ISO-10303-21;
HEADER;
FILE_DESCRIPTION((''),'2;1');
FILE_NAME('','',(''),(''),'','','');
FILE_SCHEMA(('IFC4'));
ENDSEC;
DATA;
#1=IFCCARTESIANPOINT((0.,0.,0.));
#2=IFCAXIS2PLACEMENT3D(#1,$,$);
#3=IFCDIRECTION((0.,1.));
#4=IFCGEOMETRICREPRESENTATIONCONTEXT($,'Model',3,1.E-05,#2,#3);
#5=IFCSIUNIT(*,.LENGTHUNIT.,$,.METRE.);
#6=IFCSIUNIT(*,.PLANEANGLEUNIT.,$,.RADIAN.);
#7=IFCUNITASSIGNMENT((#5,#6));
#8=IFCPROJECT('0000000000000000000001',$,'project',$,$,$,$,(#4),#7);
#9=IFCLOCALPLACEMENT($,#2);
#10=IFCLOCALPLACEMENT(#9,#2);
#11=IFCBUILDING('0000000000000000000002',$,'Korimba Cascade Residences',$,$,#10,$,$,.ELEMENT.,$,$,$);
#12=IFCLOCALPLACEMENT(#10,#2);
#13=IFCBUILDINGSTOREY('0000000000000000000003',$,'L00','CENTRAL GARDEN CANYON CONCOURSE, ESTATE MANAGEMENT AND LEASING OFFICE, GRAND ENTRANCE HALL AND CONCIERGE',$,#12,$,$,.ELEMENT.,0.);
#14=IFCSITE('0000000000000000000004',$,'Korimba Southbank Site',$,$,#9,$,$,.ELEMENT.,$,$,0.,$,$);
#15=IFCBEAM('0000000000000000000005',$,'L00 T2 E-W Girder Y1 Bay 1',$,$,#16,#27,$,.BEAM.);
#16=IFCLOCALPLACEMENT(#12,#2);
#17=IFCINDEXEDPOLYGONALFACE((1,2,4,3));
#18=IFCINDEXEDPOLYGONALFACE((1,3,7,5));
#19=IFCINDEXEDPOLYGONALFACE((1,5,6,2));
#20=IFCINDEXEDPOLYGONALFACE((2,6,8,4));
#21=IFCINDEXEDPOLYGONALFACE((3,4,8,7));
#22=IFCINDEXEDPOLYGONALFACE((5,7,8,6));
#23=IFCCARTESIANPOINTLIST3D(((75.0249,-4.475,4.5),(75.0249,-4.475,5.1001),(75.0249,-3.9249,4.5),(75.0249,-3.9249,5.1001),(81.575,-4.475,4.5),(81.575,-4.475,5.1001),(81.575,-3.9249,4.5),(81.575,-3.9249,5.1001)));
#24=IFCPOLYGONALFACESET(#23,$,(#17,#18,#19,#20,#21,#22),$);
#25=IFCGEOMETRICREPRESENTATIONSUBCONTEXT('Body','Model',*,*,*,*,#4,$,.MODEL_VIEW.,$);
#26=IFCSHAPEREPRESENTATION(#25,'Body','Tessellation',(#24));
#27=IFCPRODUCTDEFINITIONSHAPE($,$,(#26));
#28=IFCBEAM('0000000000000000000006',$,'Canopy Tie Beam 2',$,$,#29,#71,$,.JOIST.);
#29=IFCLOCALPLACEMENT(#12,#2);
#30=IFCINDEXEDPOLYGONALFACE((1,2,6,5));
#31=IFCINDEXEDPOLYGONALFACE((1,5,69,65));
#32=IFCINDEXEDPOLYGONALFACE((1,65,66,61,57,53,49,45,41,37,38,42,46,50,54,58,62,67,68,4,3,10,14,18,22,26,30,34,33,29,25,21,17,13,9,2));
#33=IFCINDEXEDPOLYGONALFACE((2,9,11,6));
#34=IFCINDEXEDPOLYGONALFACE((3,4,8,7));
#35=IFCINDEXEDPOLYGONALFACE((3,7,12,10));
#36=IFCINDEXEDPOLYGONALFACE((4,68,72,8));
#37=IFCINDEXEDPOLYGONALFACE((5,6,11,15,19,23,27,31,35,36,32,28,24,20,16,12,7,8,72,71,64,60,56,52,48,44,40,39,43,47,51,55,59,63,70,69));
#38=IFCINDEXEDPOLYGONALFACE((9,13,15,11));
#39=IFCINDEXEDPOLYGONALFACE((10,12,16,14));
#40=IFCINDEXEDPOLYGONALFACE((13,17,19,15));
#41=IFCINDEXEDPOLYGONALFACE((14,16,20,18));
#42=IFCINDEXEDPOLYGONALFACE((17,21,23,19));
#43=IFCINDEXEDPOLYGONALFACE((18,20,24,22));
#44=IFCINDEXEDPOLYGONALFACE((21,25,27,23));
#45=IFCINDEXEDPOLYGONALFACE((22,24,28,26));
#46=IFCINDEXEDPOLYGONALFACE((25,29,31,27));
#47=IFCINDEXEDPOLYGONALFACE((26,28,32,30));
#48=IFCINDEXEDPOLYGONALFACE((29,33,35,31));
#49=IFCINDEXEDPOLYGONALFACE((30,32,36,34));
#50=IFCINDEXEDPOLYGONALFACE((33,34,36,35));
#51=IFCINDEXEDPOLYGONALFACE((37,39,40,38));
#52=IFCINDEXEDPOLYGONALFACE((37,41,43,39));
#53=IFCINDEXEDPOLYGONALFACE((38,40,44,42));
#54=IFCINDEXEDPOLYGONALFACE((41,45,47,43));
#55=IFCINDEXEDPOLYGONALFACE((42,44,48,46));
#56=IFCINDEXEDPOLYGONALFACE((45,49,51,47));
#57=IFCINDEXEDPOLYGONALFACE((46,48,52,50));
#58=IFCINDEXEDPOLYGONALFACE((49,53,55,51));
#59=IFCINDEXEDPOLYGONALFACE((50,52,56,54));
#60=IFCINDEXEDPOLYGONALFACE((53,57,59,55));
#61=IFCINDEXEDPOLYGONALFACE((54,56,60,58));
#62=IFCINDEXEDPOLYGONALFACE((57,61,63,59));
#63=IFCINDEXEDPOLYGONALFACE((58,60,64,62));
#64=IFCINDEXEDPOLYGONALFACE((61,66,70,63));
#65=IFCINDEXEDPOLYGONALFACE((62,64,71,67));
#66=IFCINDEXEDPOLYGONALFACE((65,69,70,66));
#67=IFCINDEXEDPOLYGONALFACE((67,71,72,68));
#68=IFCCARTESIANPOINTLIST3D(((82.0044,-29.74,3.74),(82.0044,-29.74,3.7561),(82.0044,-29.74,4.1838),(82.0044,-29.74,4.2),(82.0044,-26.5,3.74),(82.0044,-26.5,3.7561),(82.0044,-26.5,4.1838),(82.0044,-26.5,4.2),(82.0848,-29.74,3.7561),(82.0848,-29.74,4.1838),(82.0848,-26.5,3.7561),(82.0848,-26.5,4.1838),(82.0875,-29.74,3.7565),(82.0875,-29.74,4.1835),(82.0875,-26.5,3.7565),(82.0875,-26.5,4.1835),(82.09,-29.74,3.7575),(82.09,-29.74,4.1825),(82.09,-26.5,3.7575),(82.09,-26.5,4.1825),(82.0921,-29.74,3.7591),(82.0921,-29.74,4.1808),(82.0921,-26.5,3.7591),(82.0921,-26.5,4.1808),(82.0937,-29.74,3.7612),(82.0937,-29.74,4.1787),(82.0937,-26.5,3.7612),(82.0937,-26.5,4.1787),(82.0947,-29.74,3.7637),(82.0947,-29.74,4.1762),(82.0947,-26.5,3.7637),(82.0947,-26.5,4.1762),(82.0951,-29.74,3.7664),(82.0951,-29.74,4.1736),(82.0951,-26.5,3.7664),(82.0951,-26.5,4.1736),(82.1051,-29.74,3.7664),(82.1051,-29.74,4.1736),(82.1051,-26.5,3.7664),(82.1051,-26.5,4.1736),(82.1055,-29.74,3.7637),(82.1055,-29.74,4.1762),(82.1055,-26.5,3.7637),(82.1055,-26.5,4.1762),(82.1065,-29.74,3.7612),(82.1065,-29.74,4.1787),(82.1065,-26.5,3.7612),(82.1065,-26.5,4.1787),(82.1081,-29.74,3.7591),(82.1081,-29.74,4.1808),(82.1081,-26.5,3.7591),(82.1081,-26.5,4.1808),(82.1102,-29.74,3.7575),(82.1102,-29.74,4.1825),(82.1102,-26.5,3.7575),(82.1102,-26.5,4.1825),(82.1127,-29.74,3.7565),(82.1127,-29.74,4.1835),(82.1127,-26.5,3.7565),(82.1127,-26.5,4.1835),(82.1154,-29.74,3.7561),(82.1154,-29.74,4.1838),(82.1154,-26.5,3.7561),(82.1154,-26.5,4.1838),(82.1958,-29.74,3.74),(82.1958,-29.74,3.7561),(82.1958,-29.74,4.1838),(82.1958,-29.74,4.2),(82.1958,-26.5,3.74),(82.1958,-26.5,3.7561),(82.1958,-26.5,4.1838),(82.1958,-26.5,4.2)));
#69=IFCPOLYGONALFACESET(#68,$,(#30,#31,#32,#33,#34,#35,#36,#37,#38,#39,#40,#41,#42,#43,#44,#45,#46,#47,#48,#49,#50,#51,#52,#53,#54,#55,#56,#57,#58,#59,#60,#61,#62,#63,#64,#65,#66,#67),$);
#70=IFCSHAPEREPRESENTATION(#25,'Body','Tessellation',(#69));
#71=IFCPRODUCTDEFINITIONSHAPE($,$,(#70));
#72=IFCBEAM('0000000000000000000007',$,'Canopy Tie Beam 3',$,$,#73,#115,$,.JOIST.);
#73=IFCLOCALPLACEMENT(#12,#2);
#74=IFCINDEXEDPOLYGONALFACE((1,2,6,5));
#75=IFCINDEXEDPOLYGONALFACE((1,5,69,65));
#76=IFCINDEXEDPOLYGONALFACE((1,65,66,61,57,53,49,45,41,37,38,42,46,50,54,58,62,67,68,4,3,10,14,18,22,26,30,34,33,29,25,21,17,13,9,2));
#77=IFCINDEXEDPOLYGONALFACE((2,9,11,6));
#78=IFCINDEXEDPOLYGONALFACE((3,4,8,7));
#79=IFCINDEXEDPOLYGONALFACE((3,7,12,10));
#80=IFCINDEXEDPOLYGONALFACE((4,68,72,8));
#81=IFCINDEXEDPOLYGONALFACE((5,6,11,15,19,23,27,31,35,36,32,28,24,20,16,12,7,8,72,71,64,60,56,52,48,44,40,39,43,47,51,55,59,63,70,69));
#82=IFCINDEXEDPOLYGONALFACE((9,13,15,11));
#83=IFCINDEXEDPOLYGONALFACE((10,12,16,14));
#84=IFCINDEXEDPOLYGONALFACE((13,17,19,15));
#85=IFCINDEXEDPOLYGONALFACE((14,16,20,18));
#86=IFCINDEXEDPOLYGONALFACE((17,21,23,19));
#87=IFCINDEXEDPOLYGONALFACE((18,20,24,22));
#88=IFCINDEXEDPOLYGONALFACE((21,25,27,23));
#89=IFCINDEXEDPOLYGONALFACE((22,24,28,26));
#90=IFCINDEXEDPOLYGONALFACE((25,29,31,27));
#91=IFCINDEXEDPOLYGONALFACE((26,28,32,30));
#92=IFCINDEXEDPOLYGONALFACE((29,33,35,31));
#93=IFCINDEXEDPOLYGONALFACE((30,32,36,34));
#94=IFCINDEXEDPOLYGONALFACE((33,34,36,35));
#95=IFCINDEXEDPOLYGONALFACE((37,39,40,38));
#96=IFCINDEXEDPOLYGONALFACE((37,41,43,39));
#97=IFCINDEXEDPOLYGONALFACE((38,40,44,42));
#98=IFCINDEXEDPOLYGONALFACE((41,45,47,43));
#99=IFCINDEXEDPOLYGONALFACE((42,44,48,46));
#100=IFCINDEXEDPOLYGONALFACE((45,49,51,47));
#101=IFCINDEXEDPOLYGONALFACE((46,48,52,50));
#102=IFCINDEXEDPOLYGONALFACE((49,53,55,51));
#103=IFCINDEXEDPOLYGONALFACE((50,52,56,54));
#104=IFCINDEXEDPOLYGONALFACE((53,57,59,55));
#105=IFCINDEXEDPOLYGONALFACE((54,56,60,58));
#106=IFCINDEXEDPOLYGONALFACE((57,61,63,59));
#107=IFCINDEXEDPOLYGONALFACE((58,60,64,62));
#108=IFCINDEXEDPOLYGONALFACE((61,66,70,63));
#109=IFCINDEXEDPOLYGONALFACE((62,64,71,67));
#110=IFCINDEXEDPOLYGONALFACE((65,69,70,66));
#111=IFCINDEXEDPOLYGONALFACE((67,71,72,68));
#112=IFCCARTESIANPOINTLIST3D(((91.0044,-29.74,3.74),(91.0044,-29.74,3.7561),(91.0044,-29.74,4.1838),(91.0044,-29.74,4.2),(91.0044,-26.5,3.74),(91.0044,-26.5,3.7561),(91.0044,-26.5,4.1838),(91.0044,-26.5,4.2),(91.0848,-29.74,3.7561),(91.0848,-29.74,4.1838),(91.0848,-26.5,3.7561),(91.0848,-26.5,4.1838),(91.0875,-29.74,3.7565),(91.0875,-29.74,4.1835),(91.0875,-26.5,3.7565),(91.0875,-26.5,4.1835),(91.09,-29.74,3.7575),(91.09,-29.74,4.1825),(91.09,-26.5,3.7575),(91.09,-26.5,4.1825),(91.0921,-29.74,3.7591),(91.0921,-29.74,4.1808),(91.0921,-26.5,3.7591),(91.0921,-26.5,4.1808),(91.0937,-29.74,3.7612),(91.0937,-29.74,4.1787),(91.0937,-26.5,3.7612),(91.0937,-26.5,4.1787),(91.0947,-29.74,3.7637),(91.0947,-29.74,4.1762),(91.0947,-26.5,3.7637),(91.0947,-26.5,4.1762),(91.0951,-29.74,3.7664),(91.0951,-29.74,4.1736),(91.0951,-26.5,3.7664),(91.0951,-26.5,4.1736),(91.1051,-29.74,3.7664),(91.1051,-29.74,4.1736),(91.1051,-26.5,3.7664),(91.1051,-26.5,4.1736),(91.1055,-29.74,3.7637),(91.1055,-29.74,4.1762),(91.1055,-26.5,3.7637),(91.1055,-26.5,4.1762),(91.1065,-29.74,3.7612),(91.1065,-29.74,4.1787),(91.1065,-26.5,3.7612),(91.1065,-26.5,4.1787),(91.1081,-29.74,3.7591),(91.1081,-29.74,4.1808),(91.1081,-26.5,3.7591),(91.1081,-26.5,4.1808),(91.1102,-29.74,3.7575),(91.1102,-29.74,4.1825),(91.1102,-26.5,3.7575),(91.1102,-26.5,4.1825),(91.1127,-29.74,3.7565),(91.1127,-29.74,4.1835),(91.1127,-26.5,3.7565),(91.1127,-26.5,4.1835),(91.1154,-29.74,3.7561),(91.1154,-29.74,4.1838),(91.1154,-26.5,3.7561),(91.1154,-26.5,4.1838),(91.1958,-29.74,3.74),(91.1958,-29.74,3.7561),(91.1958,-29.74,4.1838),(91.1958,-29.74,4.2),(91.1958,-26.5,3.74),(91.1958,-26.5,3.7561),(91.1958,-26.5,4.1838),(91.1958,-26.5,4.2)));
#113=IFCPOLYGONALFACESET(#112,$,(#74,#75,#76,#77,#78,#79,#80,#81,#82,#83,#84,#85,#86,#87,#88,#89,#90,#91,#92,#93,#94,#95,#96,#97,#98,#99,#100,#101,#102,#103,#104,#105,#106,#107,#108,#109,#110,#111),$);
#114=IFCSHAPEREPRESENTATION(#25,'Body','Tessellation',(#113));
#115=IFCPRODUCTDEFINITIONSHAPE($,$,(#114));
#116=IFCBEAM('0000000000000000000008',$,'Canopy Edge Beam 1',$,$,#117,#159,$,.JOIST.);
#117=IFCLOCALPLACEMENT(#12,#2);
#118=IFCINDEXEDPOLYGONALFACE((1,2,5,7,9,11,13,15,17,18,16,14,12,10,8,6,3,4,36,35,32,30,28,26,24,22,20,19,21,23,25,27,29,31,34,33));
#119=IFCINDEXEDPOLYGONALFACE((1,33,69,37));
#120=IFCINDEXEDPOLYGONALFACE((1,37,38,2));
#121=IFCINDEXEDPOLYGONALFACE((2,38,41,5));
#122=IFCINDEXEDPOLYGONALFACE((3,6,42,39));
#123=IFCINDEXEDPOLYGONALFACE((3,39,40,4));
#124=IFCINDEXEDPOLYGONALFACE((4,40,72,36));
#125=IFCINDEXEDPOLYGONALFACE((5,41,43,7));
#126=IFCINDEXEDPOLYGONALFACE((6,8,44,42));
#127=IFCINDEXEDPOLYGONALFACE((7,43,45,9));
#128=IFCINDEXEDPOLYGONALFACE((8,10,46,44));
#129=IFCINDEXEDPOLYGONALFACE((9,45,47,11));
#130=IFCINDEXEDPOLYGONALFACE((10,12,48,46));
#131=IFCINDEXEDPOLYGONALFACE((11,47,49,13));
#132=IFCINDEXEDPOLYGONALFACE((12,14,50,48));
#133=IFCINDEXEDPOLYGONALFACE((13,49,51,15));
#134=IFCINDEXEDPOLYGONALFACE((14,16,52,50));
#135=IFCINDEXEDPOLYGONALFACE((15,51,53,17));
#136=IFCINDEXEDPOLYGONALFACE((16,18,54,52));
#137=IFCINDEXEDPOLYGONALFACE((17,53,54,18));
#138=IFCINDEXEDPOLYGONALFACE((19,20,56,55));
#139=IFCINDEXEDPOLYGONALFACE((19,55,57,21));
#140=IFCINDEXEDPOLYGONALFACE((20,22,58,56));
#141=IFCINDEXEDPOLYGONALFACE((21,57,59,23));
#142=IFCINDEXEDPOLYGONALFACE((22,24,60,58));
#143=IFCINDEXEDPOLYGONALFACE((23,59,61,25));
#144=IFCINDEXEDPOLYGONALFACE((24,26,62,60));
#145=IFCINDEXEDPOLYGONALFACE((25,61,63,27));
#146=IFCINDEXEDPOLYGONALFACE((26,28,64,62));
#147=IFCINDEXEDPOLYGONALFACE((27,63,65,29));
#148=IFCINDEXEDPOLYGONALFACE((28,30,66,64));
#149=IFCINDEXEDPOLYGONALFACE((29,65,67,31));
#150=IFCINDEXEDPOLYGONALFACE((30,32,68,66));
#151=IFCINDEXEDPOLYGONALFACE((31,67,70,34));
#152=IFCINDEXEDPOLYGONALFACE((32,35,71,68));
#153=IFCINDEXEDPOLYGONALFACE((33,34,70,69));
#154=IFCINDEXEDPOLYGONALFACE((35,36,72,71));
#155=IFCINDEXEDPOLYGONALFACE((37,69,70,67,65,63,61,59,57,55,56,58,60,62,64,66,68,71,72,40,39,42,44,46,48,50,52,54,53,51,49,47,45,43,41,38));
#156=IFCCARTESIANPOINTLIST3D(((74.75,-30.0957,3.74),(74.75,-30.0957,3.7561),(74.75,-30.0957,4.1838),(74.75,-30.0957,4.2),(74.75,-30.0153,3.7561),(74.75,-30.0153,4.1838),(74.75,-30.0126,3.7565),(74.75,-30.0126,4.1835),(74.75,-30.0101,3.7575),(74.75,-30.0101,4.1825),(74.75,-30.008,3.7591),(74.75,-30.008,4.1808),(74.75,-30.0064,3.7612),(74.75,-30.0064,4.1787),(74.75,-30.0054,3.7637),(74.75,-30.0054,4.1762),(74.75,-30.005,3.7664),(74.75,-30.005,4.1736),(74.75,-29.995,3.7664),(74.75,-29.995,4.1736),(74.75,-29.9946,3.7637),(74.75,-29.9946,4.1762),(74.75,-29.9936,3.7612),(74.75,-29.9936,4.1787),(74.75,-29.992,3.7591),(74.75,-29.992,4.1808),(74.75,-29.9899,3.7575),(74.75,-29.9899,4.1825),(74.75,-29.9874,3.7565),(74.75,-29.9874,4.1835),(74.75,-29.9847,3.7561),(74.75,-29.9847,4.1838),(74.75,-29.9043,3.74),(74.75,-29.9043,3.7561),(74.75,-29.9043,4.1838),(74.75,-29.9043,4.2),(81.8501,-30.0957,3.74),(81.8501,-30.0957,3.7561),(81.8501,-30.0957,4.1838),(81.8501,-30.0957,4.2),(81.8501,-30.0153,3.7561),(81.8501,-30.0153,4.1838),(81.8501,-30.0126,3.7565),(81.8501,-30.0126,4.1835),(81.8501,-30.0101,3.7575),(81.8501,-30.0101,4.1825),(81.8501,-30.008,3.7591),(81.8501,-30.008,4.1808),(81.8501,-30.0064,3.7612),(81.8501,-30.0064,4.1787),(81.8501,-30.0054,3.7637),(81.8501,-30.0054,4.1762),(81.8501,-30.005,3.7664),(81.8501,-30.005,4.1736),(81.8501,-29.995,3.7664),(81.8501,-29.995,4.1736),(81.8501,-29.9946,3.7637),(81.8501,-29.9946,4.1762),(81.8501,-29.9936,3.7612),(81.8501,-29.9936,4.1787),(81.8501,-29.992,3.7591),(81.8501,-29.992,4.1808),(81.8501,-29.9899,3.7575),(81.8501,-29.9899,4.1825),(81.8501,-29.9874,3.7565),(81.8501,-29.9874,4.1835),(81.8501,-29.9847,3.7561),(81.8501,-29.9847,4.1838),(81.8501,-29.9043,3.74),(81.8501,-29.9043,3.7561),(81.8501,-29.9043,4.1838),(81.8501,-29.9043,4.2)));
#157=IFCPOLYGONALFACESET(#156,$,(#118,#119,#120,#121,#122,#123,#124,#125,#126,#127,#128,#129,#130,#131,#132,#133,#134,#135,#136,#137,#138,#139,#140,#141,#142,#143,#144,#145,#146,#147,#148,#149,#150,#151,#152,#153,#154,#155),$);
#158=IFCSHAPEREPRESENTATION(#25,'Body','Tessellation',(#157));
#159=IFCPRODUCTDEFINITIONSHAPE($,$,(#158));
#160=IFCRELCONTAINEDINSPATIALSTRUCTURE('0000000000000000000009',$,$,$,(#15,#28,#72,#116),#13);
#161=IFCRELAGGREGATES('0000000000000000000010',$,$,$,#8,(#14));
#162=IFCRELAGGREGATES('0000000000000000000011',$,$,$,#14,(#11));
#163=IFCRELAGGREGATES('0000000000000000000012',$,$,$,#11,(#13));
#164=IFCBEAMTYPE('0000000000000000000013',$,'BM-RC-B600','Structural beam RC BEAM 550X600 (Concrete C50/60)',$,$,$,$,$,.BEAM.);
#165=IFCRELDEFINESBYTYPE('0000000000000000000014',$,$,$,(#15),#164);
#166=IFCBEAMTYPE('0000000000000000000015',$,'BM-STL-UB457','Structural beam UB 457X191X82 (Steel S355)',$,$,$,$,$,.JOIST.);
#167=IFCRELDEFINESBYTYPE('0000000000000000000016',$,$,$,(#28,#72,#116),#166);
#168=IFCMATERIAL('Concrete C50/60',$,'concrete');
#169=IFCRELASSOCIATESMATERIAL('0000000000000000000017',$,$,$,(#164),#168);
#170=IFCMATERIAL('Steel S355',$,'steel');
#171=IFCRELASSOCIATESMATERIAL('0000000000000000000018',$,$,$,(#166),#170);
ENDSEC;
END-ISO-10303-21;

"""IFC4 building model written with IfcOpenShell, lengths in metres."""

from ifc_helpers import new_model, si_unit, direction, frame, origin, origin_2d, place, context, subcontext, project, spatial, rectangle, i_section, extrude, material, material_profile, profile_set, type_object, element, save


model = new_model("IFC4")

# Units and contexts
model_context = context("Model", 3, precision=1e-05, world=origin(), true_north=direction((0.0, 1.0)))
body_context = subcontext(model_context, "Body", "Model", "MODEL_VIEW")
ifc_project = project(units=[si_unit("LENGTHUNIT", "METRE"), si_unit("PLANEANGLEUNIT", "RADIAN")], contexts=[model_context])

# Site, building, storey
site_placement = place(None, origin())
site = spatial("IfcSite", under=ifc_project, at=site_placement, Name="Korimba Southbank Site", CompositionType="ELEMENT", RefElevation=0.0)
building_placement = place(site_placement, origin())
building = spatial("IfcBuilding", under=site, at=building_placement, Name="Korimba Cascade Residences", CompositionType="ELEMENT")
storey_placement = place(building_placement, origin())
storey = spatial("IfcBuildingStorey", under=building, at=storey_placement, Name="L00", Description="CENTRAL GARDEN CANYON CONCOURSE, ESTATE MANAGEMENT AND LEASING OFFICE, GRAND ENTRANCE HALL AND CONCIERGE", CompositionType="ELEMENT", Elevation=0.0)

# Shared definitions
ifc_material_1 = material(Name="Steel S355", Category="steel")

# Beams
ifc_material_2 = material(Name="Concrete C50/60", Category="concrete")
ifc_material_profile_1 = material_profile(ifc_material_2, rectangle(XDim=0.55, YDim=0.6001, at=origin_2d()), Name="Concrete C50/60")
ifc_profile_set_1 = profile_set([ifc_material_profile_1], Name="Concrete C50/60")
beam_type_1 = type_object("IfcBeamType", Name="BM-RC-B600", Description="Structural beam RC BEAM 550X600 (Concrete C50/60)", PredefinedType="BEAM", material=ifc_profile_set_1)
beam_1_placement = place(storey_placement, frame((75.0249, -4.2, 4.8), z_axis=(1.0, 0.0, 0.0), x_axis=(0.0, 1.0, 0.0)))
element("IfcBeam", 1, at=beam_1_placement, inside=storey, type_object=beam_type_1, Name="L00 T2 E-W Girder Y1 Bay 1", PredefinedType="BEAM", context=body_context, shape_type="SweptSolid", body=[
    extrude(rectangle(XDim=0.55, YDim=0.6001, at=origin_2d()), origin(), (0.0, 0.0, 1.0), 6.55),
])
ifc_material_profile_2 = material_profile(ifc_material_1, i_section(OverallWidth=0.1914, OverallDepth=0.46, WebThickness=0.01, FlangeThickness=0.0161, FilletRadius=0.0103, at=origin_2d()), Name="Steel S355")
ifc_profile_set_2 = profile_set([ifc_material_profile_2], Name="Steel S355")
beam_type_2 = type_object("IfcBeamType", Name="BM-STL-UB457", Description="Structural beam UB 457X191X82 (Steel S355)", PredefinedType="JOIST", material=ifc_profile_set_2)
for number, where, z_axis, x_axis, name in (
    (2, (82.1001, -29.74, 3.97), (0.0, 1.0, 0.0), (-1.0, 0.0, 0.0), "Canopy Tie Beam 2"),
    (3, (91.1001, -29.74, 3.97), (0.0, 1.0, 0.0), (-1.0, 0.0, 0.0), "Canopy Tie Beam 3"),
):
    element("IfcBeam", number, at=place(storey_placement, frame(where, z_axis=z_axis, x_axis=x_axis)), inside=storey, type_object=beam_type_2, Name=name, PredefinedType="JOIST", context=body_context, shape_type="SweptSolid", body=[
        extrude(i_section(OverallWidth=0.1914, OverallDepth=0.46, WebThickness=0.01, FlangeThickness=0.0161, FilletRadius=0.0103, at=origin_2d()), origin(), (0.0, 0.0, 1.0), 3.24),
    ])
beam_2_placement = place(storey_placement, frame((74.75, -30.0, 3.97), z_axis=(1.0, 0.0, 0.0), x_axis=(0.0, 1.0, 0.0)))
element("IfcBeam", 4, at=beam_2_placement, inside=storey, type_object=beam_type_2, Name="Canopy Edge Beam 1", PredefinedType="JOIST", context=body_context, shape_type="SweptSolid", body=[
    extrude(i_section(OverallWidth=0.1914, OverallDepth=0.46, WebThickness=0.01, FlangeThickness=0.0161, FilletRadius=0.0103, at=origin_2d()), origin(), (0.0, 0.0, 1.0), 7.1001),
])

save(model, "model.ifc")
